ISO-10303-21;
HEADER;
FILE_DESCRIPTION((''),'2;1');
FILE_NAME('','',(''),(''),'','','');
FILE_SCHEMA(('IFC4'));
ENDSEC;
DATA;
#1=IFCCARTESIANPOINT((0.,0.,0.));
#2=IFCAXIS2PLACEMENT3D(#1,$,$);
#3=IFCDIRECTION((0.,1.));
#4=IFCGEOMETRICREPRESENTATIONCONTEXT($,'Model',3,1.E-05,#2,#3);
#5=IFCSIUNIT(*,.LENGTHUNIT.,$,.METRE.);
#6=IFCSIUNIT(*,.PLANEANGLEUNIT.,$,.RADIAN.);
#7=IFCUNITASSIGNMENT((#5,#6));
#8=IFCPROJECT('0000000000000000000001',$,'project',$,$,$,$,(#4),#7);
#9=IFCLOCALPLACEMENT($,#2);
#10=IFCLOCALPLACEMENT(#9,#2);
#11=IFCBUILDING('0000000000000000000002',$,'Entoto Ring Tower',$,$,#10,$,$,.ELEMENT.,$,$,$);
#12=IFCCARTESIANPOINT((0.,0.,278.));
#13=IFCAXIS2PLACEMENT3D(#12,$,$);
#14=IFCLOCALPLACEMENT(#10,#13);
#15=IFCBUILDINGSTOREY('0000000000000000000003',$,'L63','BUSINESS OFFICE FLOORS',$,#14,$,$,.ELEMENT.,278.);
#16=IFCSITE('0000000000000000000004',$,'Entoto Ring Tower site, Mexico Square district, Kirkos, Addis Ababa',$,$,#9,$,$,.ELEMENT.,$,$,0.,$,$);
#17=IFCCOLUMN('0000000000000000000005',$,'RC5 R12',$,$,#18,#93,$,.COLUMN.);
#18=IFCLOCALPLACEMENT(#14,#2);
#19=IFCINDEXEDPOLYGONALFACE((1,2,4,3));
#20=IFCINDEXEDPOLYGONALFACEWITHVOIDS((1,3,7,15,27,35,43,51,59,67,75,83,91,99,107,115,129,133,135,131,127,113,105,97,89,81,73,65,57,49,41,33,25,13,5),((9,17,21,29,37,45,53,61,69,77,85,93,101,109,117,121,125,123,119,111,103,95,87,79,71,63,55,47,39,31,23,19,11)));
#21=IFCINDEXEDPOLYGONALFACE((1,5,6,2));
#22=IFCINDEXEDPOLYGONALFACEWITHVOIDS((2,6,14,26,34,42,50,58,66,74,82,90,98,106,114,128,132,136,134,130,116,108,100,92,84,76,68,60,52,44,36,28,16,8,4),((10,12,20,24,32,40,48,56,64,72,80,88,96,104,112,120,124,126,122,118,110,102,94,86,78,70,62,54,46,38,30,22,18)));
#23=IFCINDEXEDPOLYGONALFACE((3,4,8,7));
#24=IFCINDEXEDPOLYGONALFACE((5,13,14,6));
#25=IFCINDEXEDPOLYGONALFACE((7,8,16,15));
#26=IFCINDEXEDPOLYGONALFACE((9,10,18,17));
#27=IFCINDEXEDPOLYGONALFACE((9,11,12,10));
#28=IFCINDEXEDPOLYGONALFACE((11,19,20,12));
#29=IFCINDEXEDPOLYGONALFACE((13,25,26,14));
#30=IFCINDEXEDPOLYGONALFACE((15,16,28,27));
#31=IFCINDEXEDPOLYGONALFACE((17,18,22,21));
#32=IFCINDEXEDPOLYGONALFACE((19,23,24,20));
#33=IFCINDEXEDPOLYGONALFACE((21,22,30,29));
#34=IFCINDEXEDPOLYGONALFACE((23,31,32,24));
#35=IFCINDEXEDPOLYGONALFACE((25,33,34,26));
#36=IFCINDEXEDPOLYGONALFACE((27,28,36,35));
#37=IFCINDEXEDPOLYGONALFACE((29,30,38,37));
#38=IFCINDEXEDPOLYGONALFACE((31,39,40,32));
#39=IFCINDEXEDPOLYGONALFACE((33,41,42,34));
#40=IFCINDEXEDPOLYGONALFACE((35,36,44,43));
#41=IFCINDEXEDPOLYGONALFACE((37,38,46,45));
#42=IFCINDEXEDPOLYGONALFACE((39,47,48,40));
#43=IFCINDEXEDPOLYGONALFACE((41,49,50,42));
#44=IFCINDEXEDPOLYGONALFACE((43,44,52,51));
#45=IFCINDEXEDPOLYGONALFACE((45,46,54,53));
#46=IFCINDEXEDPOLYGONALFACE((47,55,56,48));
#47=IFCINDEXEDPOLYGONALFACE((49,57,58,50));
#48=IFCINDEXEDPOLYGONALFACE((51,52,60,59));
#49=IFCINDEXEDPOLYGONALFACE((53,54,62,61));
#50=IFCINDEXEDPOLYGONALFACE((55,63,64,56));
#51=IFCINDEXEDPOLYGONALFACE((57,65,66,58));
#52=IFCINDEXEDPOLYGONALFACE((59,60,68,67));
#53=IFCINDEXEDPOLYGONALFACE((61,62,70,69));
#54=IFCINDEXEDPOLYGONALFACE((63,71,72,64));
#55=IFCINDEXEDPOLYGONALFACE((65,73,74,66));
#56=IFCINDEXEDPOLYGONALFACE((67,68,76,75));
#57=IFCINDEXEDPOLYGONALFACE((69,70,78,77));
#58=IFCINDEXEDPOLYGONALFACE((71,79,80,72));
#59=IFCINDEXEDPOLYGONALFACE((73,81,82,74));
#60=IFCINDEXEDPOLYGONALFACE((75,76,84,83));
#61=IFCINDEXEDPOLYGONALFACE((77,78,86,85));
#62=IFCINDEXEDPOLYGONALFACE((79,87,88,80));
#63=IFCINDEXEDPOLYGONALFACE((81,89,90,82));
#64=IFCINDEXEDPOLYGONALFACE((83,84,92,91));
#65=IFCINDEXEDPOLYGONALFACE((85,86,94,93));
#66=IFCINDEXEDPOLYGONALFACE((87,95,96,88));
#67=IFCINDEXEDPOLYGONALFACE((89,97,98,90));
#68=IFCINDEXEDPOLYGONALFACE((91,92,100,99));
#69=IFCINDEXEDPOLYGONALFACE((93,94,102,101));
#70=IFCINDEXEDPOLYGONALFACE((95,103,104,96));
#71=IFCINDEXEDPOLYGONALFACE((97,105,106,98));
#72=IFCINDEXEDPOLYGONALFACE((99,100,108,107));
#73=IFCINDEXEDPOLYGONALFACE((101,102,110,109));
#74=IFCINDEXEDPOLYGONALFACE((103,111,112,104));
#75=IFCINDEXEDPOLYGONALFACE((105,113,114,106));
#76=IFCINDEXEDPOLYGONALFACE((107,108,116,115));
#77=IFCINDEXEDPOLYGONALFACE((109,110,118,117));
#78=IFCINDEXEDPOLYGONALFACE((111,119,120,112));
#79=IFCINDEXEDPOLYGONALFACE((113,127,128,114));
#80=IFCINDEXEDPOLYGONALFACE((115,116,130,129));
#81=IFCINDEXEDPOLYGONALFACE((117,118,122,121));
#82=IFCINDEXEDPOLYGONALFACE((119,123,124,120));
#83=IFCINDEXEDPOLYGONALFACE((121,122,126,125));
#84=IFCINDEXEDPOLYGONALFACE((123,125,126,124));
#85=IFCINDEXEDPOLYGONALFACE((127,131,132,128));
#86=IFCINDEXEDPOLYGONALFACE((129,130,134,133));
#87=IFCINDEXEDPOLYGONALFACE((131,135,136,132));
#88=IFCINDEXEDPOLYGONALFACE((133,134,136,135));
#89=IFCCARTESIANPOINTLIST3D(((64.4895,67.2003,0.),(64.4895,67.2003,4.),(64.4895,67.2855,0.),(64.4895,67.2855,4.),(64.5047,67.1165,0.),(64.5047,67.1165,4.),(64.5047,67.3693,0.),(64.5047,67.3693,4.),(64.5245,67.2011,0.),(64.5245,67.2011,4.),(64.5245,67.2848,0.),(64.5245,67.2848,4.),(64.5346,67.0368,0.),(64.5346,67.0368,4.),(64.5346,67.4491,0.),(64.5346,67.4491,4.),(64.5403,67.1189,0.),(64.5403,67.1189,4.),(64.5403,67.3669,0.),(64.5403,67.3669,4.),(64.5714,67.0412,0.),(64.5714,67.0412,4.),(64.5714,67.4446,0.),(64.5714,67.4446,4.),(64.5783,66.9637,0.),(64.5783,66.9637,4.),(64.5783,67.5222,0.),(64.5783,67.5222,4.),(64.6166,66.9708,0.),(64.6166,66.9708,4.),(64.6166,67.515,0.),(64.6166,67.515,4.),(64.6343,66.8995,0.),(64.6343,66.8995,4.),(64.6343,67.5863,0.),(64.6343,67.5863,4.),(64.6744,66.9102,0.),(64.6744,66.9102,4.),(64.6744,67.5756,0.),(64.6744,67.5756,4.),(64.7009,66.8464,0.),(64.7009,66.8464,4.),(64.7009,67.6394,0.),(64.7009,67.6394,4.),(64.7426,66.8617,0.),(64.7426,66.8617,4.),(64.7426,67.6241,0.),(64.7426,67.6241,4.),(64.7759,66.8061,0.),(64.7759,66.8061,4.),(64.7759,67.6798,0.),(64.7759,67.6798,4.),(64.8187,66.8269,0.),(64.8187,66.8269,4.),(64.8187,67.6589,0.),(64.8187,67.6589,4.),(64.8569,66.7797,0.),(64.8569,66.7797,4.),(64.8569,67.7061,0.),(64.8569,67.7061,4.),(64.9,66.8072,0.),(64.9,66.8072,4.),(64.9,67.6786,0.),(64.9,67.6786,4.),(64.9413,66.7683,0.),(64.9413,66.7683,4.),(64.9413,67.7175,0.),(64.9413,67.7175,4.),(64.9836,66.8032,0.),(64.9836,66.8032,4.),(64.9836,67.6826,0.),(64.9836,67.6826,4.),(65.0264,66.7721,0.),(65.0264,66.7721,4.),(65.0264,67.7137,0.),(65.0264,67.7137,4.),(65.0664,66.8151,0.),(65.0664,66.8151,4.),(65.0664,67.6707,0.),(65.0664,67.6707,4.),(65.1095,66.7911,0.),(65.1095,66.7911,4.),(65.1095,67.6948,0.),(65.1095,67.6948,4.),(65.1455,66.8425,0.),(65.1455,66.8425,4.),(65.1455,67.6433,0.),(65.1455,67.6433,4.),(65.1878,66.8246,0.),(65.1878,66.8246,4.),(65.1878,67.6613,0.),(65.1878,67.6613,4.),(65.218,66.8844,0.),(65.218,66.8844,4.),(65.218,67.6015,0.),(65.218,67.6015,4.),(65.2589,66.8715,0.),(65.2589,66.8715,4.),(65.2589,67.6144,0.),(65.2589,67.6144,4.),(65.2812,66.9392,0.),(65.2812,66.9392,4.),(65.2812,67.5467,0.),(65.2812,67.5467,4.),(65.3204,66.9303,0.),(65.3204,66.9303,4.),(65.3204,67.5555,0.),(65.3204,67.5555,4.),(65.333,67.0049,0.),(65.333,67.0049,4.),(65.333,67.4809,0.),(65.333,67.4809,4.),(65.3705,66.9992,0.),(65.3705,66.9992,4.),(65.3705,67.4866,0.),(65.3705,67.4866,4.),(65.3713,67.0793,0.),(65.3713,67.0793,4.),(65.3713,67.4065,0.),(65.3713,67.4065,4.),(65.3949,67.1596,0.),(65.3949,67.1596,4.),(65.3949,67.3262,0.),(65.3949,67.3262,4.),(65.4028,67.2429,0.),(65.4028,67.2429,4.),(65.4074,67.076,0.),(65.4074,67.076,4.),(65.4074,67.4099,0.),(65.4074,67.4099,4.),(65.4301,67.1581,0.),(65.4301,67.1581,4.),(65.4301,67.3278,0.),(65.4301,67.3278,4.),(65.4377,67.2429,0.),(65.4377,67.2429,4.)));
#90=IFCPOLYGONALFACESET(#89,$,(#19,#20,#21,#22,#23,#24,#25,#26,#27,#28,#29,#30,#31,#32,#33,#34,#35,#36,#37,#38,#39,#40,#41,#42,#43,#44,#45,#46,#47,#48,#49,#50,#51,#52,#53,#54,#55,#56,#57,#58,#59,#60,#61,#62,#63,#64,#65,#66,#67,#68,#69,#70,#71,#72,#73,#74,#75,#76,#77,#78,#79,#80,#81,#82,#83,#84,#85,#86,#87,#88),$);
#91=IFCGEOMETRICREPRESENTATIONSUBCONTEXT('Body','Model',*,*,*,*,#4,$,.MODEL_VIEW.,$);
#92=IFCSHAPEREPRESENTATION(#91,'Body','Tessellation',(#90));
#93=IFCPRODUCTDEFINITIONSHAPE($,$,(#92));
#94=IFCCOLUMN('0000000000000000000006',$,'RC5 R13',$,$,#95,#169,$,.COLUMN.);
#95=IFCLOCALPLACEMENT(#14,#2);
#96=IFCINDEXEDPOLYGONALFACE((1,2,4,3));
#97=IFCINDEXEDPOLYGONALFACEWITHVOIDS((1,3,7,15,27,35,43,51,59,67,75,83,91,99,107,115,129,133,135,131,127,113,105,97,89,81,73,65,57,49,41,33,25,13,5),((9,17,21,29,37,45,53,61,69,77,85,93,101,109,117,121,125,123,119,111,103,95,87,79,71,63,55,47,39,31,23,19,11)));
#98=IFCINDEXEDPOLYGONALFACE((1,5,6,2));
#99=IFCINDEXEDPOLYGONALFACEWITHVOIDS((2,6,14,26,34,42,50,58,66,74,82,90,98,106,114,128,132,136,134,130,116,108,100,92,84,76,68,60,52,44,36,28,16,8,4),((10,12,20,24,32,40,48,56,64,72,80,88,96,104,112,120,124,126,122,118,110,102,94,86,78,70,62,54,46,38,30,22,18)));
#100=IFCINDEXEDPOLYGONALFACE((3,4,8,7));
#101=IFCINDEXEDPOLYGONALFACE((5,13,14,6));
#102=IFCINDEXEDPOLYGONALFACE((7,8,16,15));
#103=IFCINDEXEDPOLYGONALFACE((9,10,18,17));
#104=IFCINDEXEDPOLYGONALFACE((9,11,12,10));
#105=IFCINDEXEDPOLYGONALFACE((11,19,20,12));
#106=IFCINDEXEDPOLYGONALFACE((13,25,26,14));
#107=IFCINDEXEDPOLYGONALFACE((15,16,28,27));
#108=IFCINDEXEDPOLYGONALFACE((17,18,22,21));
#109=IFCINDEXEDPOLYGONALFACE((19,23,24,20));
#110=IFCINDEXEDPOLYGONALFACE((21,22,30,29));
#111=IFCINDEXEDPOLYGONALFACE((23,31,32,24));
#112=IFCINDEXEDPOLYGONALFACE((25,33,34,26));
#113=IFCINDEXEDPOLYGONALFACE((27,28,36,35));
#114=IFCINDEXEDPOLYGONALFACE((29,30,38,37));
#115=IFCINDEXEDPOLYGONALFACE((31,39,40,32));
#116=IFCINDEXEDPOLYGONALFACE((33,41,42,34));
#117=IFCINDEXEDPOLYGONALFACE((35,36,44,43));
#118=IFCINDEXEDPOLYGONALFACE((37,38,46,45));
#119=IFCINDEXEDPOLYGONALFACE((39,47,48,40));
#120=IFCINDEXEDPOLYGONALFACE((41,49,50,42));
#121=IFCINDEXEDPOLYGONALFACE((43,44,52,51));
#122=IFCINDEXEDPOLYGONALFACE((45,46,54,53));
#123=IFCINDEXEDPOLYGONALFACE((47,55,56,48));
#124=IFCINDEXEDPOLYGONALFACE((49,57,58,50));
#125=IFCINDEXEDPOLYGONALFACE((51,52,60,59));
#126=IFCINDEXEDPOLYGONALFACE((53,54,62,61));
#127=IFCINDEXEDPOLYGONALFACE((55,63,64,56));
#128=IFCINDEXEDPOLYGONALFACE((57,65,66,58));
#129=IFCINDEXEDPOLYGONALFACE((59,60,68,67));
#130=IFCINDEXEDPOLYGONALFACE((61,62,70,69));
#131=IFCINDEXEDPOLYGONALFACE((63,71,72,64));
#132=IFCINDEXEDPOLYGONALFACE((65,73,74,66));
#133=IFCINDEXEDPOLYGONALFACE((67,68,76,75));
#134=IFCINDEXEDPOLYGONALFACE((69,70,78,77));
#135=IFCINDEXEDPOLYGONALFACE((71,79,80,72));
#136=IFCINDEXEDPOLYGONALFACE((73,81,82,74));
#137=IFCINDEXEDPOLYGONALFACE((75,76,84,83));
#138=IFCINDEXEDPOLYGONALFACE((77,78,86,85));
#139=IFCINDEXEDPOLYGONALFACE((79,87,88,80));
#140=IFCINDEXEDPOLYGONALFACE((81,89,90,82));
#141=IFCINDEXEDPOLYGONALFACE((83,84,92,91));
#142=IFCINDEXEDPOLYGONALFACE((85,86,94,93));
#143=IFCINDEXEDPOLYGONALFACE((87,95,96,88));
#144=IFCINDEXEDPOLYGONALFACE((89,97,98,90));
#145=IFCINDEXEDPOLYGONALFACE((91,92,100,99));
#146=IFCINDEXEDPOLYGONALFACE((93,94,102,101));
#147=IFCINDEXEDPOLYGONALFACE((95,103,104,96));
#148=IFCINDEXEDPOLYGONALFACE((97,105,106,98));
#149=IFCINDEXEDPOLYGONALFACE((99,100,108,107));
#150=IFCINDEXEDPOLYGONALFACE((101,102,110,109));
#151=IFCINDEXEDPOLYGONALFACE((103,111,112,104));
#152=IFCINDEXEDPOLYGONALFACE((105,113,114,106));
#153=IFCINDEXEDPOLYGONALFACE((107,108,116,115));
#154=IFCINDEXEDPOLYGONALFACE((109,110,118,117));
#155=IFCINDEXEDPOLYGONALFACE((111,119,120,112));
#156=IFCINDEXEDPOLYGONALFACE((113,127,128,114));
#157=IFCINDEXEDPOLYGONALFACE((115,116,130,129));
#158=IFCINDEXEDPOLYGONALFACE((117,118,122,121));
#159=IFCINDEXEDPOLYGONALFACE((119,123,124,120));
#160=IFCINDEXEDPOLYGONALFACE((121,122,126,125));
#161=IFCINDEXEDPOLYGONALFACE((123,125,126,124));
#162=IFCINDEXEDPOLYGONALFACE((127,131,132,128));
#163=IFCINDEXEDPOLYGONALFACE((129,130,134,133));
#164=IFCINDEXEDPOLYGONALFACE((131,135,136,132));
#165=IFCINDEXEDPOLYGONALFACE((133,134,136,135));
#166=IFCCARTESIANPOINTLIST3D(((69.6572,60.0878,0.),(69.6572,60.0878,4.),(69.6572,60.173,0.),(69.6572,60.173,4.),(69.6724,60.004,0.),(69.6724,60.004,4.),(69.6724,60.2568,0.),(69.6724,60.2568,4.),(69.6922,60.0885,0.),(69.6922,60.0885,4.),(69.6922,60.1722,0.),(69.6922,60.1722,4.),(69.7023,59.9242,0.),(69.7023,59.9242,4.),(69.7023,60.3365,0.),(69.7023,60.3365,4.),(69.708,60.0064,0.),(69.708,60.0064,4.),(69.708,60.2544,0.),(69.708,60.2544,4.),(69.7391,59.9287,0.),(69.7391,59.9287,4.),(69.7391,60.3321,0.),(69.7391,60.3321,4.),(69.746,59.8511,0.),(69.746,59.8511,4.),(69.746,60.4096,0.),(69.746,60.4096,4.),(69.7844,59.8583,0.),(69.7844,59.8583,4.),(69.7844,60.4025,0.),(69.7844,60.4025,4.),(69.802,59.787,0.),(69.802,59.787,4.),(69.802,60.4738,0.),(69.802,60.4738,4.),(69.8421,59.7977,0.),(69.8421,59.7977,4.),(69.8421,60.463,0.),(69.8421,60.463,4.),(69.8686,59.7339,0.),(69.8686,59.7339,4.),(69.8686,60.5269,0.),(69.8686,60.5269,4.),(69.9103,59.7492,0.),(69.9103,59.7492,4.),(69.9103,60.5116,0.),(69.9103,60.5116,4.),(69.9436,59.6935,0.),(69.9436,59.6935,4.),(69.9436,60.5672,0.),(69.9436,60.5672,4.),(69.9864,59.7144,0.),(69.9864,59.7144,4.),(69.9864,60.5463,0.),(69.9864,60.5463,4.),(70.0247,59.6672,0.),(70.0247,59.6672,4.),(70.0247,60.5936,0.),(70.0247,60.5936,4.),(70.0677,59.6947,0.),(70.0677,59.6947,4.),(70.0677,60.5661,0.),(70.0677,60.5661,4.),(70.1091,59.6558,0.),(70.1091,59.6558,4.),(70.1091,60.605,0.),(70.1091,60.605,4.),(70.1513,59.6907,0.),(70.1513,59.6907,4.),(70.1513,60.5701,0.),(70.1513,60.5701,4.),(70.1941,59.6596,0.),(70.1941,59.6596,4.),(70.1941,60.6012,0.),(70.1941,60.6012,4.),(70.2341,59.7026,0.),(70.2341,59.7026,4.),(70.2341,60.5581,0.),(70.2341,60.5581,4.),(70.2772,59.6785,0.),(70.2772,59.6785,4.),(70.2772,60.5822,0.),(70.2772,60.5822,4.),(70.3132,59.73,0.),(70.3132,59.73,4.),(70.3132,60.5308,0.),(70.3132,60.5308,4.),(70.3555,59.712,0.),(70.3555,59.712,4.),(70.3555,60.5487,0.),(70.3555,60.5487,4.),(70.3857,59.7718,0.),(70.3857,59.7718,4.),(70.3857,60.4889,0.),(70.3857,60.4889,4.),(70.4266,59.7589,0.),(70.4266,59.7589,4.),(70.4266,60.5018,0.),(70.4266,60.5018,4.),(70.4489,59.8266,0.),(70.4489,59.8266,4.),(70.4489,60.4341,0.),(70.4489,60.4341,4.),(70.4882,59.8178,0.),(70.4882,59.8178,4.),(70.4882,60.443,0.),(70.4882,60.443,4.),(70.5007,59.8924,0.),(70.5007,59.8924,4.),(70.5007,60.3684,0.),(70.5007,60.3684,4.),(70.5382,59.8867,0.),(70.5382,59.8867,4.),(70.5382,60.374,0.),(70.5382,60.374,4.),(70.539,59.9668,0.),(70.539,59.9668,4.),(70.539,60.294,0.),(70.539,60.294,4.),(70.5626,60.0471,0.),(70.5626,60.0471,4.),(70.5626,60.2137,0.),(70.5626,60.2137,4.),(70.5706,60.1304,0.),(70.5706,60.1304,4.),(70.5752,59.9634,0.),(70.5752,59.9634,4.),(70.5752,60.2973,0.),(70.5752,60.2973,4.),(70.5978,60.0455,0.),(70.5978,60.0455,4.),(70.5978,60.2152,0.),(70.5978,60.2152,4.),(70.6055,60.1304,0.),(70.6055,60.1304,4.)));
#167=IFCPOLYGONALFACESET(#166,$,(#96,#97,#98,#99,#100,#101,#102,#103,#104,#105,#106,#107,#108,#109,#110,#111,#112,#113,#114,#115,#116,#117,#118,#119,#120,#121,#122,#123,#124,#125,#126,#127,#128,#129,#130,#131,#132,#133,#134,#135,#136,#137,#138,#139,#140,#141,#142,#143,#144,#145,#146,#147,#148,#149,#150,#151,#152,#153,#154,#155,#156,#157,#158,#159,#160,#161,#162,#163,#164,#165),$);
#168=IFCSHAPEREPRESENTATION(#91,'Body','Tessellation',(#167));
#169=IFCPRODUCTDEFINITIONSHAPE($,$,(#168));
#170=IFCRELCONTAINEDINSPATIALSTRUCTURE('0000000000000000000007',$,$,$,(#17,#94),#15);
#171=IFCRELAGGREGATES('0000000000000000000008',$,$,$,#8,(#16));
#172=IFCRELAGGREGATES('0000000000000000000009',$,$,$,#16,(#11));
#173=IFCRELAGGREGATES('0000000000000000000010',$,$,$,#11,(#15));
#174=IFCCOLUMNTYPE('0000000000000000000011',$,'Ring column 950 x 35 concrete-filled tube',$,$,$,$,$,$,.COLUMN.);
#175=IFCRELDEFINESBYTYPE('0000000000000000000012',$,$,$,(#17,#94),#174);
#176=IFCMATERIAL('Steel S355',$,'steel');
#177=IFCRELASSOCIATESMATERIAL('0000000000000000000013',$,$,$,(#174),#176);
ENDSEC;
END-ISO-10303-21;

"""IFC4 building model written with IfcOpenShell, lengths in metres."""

from ifc_helpers import new_model, si_unit, direction, frame, origin, origin_2d, place, context, subcontext, project, spatial, circle, hollow_circle, extrude, material, material_profile, profile_set, type_object, element, save


model = new_model("IFC4")

# Units and contexts
model_context = context("Model", 3, precision=1e-05, world=origin(), true_north=direction((0.0, 1.0)))
body_context = subcontext(model_context, "Body", "Model", "MODEL_VIEW")
ifc_project = project(units=[si_unit("LENGTHUNIT", "METRE"), si_unit("PLANEANGLEUNIT", "RADIAN")], contexts=[model_context])

# Site, building, storey
site_placement = place(None, origin())
site = spatial("IfcSite", under=ifc_project, at=site_placement, Name="Entoto Ring Tower site, Mexico Square district, Kirkos, Addis Ababa", CompositionType="ELEMENT", RefElevation=0.0)
building_placement = place(site_placement, origin())
building = spatial("IfcBuilding", under=site, at=building_placement, Name="Entoto Ring Tower", CompositionType="ELEMENT")
storey_placement = place(building_placement, frame((0.0, 0.0, 278.0)))
storey = spatial("IfcBuildingStorey", under=building, at=storey_placement, Name="L63", Description="BUSINESS OFFICE FLOORS", CompositionType="ELEMENT", Elevation=278.0)

# Columns
ifc_material_1 = material(Name="Steel S355", Category="steel")
ifc_material_profile_1 = material_profile(ifc_material_1, hollow_circle(Radius=0.4751, WallThickness=0.0349, at=origin_2d()), Name="CHS 950 x 35")
ifc_material_2 = material(Name="Concrete C60/75", Category="concrete")
ifc_material_profile_2 = material_profile(ifc_material_2, circle(Radius=0.4399, at=origin_2d()), Name="Concrete C60/75 infill")
ifc_profile_set_1 = profile_set([ifc_material_profile_1, ifc_material_profile_2], Name="Steel S355")
column_type = type_object("IfcColumnType", Name="Ring column 950 x 35 concrete-filled tube", PredefinedType="COLUMN", material=ifc_profile_set_1)
for number, where, z_axis, x_axis, name in (
    (1, (64.9626, 67.2429, 0.0), (0.0, 0.0, 1.0), (1.0, 0.0, 0.0), "RC5 R12"),
    (2, (70.1304, 60.1304, 0.0), (0.0, 0.0, 1.0), (1.0, 0.0, 0.0), "RC5 R13"),
):
    element("IfcColumn", number, at=place(storey_placement, frame(where, z_axis=z_axis, x_axis=x_axis)), inside=storey, type_object=column_type, Name=name, PredefinedType="COLUMN", context=body_context, shape_type="SweptSolid", body=[
        extrude(hollow_circle(Radius=0.4751, WallThickness=0.0349, at=origin_2d()), origin(), (0.0, 0.0, 1.0), 4.0),
    ])

save(model, "model.ifc")
